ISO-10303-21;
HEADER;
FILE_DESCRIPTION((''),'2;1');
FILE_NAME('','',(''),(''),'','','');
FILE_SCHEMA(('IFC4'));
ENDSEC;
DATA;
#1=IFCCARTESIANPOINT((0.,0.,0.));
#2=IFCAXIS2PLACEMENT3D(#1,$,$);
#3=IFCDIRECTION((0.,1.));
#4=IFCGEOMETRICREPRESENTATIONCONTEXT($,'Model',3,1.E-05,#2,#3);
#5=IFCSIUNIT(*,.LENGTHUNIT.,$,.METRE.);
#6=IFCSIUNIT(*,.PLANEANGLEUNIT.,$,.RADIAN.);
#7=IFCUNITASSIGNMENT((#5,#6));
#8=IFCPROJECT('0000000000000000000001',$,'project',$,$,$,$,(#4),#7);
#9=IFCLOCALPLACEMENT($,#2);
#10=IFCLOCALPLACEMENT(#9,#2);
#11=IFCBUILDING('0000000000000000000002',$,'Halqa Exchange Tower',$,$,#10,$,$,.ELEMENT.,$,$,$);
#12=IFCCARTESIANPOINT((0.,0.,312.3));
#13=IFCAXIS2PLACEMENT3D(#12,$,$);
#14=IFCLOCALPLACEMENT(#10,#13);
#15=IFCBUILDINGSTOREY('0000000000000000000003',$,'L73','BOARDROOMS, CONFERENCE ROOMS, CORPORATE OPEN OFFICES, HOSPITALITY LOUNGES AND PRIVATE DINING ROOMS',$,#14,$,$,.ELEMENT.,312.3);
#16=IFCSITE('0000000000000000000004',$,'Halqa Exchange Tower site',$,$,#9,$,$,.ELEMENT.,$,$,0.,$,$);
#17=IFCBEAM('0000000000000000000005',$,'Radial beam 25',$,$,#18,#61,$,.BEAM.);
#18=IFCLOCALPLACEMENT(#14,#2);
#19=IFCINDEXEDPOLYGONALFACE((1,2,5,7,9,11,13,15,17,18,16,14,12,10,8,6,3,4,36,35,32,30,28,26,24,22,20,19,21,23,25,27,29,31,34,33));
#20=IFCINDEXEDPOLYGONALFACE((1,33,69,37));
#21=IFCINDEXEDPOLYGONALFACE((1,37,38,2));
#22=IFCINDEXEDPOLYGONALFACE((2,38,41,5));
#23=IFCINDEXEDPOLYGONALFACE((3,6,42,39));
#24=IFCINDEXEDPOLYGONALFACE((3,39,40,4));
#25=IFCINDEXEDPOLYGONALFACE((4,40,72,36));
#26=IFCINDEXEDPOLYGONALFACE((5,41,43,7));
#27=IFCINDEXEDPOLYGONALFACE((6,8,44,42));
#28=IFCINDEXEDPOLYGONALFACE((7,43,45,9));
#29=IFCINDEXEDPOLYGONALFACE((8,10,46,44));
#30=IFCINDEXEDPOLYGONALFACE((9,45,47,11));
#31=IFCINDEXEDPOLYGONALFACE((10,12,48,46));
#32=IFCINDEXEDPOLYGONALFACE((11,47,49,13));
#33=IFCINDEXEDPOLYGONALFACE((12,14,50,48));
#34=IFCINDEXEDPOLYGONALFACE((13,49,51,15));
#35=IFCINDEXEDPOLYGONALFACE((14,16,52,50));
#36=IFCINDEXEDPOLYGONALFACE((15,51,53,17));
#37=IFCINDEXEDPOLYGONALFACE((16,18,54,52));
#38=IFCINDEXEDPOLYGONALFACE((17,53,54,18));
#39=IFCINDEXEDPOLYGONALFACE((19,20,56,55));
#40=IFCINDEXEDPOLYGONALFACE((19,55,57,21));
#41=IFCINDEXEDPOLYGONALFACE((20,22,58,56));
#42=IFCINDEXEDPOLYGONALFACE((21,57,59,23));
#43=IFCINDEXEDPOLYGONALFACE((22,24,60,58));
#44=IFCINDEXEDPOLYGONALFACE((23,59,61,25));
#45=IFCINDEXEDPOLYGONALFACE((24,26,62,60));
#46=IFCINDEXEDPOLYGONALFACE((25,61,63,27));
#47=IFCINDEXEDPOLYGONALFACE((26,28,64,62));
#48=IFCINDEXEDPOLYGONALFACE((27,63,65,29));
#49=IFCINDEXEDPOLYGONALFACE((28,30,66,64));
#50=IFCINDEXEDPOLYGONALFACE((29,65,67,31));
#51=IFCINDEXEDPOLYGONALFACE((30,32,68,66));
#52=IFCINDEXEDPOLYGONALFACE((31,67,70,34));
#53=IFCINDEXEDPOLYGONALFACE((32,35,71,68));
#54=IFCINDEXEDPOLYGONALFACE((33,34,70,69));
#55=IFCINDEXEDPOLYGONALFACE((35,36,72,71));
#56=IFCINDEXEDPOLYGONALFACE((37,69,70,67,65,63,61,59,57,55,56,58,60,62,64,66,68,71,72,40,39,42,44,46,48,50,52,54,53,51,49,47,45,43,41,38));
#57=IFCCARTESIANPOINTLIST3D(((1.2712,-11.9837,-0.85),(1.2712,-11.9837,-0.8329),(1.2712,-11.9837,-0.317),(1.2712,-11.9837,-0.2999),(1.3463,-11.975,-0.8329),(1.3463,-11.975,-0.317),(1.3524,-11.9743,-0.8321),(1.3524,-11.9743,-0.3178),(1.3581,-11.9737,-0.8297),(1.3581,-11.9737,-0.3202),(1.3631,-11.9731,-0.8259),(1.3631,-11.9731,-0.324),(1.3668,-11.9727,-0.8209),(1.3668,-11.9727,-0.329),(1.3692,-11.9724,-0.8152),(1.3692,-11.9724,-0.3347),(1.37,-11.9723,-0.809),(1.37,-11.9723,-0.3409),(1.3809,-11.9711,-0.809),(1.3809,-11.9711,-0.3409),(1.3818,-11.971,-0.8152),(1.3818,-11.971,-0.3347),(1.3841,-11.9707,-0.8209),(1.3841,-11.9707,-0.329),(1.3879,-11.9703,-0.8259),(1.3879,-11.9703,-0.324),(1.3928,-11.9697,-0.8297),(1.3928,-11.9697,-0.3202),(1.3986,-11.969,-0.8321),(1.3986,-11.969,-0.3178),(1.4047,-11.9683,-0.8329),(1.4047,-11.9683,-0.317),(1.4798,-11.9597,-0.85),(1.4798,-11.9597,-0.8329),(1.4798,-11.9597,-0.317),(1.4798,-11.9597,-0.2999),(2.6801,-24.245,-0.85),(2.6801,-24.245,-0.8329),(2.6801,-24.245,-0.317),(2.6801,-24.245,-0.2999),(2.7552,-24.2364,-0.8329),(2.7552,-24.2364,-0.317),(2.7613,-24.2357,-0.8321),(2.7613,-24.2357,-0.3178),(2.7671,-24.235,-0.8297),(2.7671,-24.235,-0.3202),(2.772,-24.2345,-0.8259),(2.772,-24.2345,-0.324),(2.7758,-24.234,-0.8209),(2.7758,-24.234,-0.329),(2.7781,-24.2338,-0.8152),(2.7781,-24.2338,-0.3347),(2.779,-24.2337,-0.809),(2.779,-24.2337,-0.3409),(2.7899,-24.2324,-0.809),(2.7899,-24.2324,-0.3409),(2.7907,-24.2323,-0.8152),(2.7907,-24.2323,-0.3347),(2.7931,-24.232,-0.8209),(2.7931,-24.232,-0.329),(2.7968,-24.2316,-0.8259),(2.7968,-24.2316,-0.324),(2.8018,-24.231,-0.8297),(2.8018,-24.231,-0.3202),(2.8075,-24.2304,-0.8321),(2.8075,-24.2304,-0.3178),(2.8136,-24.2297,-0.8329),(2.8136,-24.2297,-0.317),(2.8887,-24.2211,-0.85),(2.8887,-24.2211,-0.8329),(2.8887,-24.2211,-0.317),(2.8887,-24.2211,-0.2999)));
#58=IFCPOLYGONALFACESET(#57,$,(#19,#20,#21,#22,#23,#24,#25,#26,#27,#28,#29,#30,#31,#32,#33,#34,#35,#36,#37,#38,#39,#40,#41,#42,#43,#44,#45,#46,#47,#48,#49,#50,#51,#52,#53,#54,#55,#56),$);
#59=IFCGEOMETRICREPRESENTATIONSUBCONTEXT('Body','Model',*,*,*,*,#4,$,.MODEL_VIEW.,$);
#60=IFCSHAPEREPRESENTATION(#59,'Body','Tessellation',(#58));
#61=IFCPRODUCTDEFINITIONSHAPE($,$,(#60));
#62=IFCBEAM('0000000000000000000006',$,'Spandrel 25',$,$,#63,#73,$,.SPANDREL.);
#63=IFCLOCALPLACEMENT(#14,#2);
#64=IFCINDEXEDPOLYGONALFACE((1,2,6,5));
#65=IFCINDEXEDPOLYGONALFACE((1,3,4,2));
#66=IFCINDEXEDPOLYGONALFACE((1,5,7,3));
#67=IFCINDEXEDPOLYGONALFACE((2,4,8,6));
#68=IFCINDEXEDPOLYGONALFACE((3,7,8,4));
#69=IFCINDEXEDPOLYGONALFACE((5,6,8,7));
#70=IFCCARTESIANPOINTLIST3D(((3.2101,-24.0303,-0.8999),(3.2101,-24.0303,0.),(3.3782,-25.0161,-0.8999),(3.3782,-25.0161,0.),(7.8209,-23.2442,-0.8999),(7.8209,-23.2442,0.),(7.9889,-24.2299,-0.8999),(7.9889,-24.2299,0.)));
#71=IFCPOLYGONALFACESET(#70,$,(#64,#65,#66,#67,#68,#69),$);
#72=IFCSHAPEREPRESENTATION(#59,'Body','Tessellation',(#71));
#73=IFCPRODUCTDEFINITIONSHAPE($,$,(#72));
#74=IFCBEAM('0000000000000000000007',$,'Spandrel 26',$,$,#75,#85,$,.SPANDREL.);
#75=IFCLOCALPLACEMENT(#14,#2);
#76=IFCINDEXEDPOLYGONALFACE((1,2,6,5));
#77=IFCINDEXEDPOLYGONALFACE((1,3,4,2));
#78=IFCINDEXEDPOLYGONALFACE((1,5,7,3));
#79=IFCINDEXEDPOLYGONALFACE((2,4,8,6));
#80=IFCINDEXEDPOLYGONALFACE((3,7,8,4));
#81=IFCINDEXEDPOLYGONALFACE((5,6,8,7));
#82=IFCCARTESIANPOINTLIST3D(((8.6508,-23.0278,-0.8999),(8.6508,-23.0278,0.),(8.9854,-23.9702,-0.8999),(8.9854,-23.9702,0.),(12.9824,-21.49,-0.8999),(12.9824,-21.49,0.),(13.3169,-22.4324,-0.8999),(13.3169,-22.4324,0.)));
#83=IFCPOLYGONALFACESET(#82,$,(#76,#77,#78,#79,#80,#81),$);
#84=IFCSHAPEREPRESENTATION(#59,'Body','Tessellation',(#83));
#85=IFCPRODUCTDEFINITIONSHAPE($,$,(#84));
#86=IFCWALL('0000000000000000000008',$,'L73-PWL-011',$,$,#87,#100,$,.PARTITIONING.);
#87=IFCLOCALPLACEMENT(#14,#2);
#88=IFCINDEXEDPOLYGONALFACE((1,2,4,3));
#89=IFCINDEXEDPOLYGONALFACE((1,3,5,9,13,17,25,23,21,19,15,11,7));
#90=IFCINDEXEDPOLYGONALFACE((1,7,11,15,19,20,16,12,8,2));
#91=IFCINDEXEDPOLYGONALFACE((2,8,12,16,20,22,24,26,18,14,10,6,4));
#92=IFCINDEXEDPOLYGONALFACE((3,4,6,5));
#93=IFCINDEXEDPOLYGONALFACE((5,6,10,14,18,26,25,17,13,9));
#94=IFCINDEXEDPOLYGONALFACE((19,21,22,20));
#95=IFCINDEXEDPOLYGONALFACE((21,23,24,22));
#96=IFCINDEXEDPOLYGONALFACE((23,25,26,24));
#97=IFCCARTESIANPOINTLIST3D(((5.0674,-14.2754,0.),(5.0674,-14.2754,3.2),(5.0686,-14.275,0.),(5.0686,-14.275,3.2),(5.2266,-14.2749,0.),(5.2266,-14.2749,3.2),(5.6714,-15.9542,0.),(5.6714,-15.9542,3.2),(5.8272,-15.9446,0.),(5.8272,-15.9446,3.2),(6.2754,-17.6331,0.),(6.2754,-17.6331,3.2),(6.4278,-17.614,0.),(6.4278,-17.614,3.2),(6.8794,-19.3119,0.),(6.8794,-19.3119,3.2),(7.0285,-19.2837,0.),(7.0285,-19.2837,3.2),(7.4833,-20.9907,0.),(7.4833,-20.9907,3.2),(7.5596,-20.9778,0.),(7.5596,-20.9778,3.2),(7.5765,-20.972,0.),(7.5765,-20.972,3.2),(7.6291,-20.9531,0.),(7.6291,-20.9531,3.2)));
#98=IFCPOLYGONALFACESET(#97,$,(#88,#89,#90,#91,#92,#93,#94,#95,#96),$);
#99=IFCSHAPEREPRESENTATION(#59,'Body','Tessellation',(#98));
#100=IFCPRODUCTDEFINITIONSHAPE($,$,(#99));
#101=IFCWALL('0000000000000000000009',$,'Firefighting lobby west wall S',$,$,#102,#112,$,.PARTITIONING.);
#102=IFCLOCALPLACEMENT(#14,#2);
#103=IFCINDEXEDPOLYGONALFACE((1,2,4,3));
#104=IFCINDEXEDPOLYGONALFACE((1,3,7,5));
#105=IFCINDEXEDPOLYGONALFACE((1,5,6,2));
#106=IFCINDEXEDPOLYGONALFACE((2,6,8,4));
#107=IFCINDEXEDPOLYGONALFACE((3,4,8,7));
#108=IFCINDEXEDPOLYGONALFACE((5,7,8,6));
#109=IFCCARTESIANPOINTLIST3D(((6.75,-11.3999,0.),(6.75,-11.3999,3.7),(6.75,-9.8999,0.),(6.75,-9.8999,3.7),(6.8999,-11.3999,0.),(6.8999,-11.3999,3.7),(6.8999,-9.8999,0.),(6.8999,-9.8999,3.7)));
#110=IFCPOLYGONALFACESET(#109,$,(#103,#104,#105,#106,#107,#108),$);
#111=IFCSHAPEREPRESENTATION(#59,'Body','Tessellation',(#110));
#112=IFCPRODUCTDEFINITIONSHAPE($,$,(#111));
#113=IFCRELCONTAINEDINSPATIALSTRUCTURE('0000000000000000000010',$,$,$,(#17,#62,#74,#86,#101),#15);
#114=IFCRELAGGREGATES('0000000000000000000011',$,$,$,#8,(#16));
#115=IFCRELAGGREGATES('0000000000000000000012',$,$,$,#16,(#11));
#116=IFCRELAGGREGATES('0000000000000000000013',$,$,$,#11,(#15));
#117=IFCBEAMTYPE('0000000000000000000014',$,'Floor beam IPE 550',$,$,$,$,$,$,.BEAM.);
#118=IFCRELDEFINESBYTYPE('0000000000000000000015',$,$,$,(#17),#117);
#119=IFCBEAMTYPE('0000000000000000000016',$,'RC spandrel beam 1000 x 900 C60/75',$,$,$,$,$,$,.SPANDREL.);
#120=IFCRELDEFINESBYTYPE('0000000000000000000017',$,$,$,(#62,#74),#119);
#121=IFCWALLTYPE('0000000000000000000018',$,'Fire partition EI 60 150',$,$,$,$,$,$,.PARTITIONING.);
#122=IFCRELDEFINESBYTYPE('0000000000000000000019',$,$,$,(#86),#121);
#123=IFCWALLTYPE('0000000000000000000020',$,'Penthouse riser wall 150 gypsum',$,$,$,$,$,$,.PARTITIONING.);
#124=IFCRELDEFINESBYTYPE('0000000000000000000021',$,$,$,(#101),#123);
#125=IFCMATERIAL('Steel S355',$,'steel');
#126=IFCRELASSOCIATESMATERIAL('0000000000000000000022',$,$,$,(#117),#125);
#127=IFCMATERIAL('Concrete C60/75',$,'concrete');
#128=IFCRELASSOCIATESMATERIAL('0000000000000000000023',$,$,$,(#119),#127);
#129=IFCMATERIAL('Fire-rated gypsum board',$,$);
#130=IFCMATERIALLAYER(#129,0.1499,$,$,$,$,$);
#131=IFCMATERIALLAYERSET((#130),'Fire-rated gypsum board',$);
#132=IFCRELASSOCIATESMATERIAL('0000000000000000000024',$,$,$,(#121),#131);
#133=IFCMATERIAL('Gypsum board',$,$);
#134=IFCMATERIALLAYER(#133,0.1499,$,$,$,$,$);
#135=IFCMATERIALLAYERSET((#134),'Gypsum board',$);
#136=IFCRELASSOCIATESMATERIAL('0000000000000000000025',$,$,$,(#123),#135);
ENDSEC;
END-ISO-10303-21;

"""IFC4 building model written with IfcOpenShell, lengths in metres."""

from ifc_helpers import new_model, si_unit, direction, frame, frame_2d, origin, origin_2d, place, context, subcontext, project, spatial, polyline, rectangle, i_section, outline, extrude, material, layer, layer_set, material_profile, profile_set, type_object, element, save


model = new_model("IFC4")

# Units and contexts
model_context = context("Model", 3, precision=1e-05, world=origin(), true_north=direction((0.0, 1.0)))
body_context = subcontext(model_context, "Body", "Model", "MODEL_VIEW")
ifc_project = project(units=[si_unit("LENGTHUNIT", "METRE"), si_unit("PLANEANGLEUNIT", "RADIAN")], contexts=[model_context])

# Site, building, storey
site_placement = place(None, origin())
site = spatial("IfcSite", under=ifc_project, at=site_placement, Name="Halqa Exchange Tower site", CompositionType="ELEMENT", RefElevation=0.0)
building_placement = place(site_placement, origin())
building = spatial("IfcBuilding", under=site, at=building_placement, Name="Halqa Exchange Tower", CompositionType="ELEMENT")
storey_placement = place(building_placement, frame((0.0, 0.0, 312.3)))
storey = spatial("IfcBuildingStorey", under=building, at=storey_placement, Name="L73", Description="BOARDROOMS, CONFERENCE ROOMS, CORPORATE OPEN OFFICES, HOSPITALITY LOUNGES AND PRIVATE DINING ROOMS", CompositionType="ELEMENT", Elevation=312.3)

# Beams
ifc_material_1 = material(Name="Steel S355", Category="steel")
ifc_material_profile_1 = material_profile(ifc_material_1, i_section(OverallWidth=0.21, OverallDepth=0.55, WebThickness=0.011, FlangeThickness=0.0171, FilletRadius=0.0239, at=origin_2d()), Name="IPE 550")
ifc_profile_set_1 = profile_set([ifc_material_profile_1], Name="Steel S355")
beam_type_1 = type_object("IfcBeamType", Name="Floor beam IPE 550", PredefinedType="BEAM", material=ifc_profile_set_1)
beam_1_placement = place(storey_placement, frame((1.3755, -11.9717, -0.575), z_axis=(0.114156, -0.993463, 0.0), x_axis=(0.993463, 0.114156, 0.0)))
element("IfcBeam", 1, at=beam_1_placement, inside=storey, type_object=beam_type_1, Name="Radial beam 25", PredefinedType="BEAM", context=body_context, shape_type="SweptSolid", body=[
    extrude(i_section(OverallWidth=0.21, OverallDepth=0.55, WebThickness=0.011, FlangeThickness=0.0171, FilletRadius=0.0239, at=origin_2d()), origin(), (0.0, 0.0, 1.0), 12.342),
])
ifc_material_2 = material(Name="Concrete C60/75", Category="concrete")
ifc_material_profile_2 = material_profile(ifc_material_2, rectangle(XDim=1.0, YDim=0.8999, at=origin_2d()), Name="1000 x 900")
ifc_profile_set_2 = profile_set([ifc_material_profile_2], Name="Concrete C60/75")
beam_type_2 = type_object("IfcBeamType", Name="RC spandrel beam 1000 x 900 C60/75", PredefinedType="SPANDREL", material=ifc_profile_set_2)
beam_2_placement = place(storey_placement, frame((3.2942, -24.5232, -0.45), z_axis=(0.985773, 0.16808, 0.0), x_axis=(-0.16808, 0.985773, 0.0)))
element("IfcBeam", 2, at=beam_2_placement, inside=storey, type_object=beam_type_2, Name="Spandrel 25", PredefinedType="SPANDREL", context=body_context, shape_type="SweptSolid", body=[
    extrude(rectangle(XDim=1.0, YDim=0.8999, at=origin_2d()), origin(), (0.0, 0.0, 1.0), 4.6772),
])
beam_3_placement = place(storey_placement, frame((8.8181, -23.499, -0.45), z_axis=(0.94237, 0.334573, 0.0), x_axis=(-0.334573, 0.94237, 0.0)))
element("IfcBeam", 3, at=beam_3_placement, inside=storey, type_object=beam_type_2, Name="Spandrel 26", PredefinedType="SPANDREL", context=body_context, shape_type="SweptSolid", body=[
    extrude(rectangle(XDim=1.0, YDim=0.8999, at=origin_2d()), origin(), (0.0, 0.0, 1.0), 4.5964),
])

# Walls
ifc_material_3 = material(Name="Fire-rated gypsum board")
ifc_layer_1 = layer(ifc_material_3, 0.1499)
ifc_layer_set_1 = layer_set([ifc_layer_1], Name="Fire-rated gypsum board")
wall_type_1 = type_object("IfcWallType", Name="Fire partition EI 60 150", PredefinedType="PARTITIONING", material=ifc_layer_set_1)
wall_1_placement = place(storey_placement, frame((5.1379, -14.25, 0.0), z_axis=(0.0, 0.0, 1.0), x_axis=(0.33852, -0.940959, 0.0)))
element("IfcWall", 4, at=wall_1_placement, inside=storey, type_object=wall_type_1, Name="L73-PWL-011", PredefinedType="PARTITIONING", context=body_context, shape_type="SweptSolid", body=[
    extrude(outline(polyline([(0.0, -0.075), (1.7842, -0.075), (3.5684, -0.075), (5.3525, -0.075), (7.1367, -0.075), (7.1504, 0.0012), (7.1506, 0.019), (7.1506, 0.075), (5.3765, 0.075), (3.6021, 0.075), (1.8279, 0.075), (0.0535, 0.075), (0.0, -0.0737), (0.0, -0.075)])), origin(), (0.0, 0.0, 1.0), 3.2),
])
ifc_material_4 = material(Name="Gypsum board")
ifc_layer_2 = layer(ifc_material_4, 0.1499)
ifc_layer_set_2 = layer_set([ifc_layer_2], Name="Gypsum board")
wall_type_2 = type_object("IfcWallType", Name="Penthouse riser wall 150 gypsum", PredefinedType="PARTITIONING", material=ifc_layer_set_2)
wall_2_placement = place(storey_placement, frame((6.825, -11.3999, 0.0), z_axis=(0.0, 0.0, 1.0), x_axis=(0.0, 1.0, 0.0)))
element("IfcWall", 5, at=wall_2_placement, inside=storey, type_object=wall_type_2, Name="Firefighting lobby west wall S", PredefinedType="PARTITIONING", context=body_context, shape_type="SweptSolid", body=[
    extrude(rectangle(XDim=1.5, YDim=0.1499, at=frame_2d((0.75, 0.0))), origin(), (0.0, 0.0, 1.0), 3.7),
])

save(model, "model.ifc")
